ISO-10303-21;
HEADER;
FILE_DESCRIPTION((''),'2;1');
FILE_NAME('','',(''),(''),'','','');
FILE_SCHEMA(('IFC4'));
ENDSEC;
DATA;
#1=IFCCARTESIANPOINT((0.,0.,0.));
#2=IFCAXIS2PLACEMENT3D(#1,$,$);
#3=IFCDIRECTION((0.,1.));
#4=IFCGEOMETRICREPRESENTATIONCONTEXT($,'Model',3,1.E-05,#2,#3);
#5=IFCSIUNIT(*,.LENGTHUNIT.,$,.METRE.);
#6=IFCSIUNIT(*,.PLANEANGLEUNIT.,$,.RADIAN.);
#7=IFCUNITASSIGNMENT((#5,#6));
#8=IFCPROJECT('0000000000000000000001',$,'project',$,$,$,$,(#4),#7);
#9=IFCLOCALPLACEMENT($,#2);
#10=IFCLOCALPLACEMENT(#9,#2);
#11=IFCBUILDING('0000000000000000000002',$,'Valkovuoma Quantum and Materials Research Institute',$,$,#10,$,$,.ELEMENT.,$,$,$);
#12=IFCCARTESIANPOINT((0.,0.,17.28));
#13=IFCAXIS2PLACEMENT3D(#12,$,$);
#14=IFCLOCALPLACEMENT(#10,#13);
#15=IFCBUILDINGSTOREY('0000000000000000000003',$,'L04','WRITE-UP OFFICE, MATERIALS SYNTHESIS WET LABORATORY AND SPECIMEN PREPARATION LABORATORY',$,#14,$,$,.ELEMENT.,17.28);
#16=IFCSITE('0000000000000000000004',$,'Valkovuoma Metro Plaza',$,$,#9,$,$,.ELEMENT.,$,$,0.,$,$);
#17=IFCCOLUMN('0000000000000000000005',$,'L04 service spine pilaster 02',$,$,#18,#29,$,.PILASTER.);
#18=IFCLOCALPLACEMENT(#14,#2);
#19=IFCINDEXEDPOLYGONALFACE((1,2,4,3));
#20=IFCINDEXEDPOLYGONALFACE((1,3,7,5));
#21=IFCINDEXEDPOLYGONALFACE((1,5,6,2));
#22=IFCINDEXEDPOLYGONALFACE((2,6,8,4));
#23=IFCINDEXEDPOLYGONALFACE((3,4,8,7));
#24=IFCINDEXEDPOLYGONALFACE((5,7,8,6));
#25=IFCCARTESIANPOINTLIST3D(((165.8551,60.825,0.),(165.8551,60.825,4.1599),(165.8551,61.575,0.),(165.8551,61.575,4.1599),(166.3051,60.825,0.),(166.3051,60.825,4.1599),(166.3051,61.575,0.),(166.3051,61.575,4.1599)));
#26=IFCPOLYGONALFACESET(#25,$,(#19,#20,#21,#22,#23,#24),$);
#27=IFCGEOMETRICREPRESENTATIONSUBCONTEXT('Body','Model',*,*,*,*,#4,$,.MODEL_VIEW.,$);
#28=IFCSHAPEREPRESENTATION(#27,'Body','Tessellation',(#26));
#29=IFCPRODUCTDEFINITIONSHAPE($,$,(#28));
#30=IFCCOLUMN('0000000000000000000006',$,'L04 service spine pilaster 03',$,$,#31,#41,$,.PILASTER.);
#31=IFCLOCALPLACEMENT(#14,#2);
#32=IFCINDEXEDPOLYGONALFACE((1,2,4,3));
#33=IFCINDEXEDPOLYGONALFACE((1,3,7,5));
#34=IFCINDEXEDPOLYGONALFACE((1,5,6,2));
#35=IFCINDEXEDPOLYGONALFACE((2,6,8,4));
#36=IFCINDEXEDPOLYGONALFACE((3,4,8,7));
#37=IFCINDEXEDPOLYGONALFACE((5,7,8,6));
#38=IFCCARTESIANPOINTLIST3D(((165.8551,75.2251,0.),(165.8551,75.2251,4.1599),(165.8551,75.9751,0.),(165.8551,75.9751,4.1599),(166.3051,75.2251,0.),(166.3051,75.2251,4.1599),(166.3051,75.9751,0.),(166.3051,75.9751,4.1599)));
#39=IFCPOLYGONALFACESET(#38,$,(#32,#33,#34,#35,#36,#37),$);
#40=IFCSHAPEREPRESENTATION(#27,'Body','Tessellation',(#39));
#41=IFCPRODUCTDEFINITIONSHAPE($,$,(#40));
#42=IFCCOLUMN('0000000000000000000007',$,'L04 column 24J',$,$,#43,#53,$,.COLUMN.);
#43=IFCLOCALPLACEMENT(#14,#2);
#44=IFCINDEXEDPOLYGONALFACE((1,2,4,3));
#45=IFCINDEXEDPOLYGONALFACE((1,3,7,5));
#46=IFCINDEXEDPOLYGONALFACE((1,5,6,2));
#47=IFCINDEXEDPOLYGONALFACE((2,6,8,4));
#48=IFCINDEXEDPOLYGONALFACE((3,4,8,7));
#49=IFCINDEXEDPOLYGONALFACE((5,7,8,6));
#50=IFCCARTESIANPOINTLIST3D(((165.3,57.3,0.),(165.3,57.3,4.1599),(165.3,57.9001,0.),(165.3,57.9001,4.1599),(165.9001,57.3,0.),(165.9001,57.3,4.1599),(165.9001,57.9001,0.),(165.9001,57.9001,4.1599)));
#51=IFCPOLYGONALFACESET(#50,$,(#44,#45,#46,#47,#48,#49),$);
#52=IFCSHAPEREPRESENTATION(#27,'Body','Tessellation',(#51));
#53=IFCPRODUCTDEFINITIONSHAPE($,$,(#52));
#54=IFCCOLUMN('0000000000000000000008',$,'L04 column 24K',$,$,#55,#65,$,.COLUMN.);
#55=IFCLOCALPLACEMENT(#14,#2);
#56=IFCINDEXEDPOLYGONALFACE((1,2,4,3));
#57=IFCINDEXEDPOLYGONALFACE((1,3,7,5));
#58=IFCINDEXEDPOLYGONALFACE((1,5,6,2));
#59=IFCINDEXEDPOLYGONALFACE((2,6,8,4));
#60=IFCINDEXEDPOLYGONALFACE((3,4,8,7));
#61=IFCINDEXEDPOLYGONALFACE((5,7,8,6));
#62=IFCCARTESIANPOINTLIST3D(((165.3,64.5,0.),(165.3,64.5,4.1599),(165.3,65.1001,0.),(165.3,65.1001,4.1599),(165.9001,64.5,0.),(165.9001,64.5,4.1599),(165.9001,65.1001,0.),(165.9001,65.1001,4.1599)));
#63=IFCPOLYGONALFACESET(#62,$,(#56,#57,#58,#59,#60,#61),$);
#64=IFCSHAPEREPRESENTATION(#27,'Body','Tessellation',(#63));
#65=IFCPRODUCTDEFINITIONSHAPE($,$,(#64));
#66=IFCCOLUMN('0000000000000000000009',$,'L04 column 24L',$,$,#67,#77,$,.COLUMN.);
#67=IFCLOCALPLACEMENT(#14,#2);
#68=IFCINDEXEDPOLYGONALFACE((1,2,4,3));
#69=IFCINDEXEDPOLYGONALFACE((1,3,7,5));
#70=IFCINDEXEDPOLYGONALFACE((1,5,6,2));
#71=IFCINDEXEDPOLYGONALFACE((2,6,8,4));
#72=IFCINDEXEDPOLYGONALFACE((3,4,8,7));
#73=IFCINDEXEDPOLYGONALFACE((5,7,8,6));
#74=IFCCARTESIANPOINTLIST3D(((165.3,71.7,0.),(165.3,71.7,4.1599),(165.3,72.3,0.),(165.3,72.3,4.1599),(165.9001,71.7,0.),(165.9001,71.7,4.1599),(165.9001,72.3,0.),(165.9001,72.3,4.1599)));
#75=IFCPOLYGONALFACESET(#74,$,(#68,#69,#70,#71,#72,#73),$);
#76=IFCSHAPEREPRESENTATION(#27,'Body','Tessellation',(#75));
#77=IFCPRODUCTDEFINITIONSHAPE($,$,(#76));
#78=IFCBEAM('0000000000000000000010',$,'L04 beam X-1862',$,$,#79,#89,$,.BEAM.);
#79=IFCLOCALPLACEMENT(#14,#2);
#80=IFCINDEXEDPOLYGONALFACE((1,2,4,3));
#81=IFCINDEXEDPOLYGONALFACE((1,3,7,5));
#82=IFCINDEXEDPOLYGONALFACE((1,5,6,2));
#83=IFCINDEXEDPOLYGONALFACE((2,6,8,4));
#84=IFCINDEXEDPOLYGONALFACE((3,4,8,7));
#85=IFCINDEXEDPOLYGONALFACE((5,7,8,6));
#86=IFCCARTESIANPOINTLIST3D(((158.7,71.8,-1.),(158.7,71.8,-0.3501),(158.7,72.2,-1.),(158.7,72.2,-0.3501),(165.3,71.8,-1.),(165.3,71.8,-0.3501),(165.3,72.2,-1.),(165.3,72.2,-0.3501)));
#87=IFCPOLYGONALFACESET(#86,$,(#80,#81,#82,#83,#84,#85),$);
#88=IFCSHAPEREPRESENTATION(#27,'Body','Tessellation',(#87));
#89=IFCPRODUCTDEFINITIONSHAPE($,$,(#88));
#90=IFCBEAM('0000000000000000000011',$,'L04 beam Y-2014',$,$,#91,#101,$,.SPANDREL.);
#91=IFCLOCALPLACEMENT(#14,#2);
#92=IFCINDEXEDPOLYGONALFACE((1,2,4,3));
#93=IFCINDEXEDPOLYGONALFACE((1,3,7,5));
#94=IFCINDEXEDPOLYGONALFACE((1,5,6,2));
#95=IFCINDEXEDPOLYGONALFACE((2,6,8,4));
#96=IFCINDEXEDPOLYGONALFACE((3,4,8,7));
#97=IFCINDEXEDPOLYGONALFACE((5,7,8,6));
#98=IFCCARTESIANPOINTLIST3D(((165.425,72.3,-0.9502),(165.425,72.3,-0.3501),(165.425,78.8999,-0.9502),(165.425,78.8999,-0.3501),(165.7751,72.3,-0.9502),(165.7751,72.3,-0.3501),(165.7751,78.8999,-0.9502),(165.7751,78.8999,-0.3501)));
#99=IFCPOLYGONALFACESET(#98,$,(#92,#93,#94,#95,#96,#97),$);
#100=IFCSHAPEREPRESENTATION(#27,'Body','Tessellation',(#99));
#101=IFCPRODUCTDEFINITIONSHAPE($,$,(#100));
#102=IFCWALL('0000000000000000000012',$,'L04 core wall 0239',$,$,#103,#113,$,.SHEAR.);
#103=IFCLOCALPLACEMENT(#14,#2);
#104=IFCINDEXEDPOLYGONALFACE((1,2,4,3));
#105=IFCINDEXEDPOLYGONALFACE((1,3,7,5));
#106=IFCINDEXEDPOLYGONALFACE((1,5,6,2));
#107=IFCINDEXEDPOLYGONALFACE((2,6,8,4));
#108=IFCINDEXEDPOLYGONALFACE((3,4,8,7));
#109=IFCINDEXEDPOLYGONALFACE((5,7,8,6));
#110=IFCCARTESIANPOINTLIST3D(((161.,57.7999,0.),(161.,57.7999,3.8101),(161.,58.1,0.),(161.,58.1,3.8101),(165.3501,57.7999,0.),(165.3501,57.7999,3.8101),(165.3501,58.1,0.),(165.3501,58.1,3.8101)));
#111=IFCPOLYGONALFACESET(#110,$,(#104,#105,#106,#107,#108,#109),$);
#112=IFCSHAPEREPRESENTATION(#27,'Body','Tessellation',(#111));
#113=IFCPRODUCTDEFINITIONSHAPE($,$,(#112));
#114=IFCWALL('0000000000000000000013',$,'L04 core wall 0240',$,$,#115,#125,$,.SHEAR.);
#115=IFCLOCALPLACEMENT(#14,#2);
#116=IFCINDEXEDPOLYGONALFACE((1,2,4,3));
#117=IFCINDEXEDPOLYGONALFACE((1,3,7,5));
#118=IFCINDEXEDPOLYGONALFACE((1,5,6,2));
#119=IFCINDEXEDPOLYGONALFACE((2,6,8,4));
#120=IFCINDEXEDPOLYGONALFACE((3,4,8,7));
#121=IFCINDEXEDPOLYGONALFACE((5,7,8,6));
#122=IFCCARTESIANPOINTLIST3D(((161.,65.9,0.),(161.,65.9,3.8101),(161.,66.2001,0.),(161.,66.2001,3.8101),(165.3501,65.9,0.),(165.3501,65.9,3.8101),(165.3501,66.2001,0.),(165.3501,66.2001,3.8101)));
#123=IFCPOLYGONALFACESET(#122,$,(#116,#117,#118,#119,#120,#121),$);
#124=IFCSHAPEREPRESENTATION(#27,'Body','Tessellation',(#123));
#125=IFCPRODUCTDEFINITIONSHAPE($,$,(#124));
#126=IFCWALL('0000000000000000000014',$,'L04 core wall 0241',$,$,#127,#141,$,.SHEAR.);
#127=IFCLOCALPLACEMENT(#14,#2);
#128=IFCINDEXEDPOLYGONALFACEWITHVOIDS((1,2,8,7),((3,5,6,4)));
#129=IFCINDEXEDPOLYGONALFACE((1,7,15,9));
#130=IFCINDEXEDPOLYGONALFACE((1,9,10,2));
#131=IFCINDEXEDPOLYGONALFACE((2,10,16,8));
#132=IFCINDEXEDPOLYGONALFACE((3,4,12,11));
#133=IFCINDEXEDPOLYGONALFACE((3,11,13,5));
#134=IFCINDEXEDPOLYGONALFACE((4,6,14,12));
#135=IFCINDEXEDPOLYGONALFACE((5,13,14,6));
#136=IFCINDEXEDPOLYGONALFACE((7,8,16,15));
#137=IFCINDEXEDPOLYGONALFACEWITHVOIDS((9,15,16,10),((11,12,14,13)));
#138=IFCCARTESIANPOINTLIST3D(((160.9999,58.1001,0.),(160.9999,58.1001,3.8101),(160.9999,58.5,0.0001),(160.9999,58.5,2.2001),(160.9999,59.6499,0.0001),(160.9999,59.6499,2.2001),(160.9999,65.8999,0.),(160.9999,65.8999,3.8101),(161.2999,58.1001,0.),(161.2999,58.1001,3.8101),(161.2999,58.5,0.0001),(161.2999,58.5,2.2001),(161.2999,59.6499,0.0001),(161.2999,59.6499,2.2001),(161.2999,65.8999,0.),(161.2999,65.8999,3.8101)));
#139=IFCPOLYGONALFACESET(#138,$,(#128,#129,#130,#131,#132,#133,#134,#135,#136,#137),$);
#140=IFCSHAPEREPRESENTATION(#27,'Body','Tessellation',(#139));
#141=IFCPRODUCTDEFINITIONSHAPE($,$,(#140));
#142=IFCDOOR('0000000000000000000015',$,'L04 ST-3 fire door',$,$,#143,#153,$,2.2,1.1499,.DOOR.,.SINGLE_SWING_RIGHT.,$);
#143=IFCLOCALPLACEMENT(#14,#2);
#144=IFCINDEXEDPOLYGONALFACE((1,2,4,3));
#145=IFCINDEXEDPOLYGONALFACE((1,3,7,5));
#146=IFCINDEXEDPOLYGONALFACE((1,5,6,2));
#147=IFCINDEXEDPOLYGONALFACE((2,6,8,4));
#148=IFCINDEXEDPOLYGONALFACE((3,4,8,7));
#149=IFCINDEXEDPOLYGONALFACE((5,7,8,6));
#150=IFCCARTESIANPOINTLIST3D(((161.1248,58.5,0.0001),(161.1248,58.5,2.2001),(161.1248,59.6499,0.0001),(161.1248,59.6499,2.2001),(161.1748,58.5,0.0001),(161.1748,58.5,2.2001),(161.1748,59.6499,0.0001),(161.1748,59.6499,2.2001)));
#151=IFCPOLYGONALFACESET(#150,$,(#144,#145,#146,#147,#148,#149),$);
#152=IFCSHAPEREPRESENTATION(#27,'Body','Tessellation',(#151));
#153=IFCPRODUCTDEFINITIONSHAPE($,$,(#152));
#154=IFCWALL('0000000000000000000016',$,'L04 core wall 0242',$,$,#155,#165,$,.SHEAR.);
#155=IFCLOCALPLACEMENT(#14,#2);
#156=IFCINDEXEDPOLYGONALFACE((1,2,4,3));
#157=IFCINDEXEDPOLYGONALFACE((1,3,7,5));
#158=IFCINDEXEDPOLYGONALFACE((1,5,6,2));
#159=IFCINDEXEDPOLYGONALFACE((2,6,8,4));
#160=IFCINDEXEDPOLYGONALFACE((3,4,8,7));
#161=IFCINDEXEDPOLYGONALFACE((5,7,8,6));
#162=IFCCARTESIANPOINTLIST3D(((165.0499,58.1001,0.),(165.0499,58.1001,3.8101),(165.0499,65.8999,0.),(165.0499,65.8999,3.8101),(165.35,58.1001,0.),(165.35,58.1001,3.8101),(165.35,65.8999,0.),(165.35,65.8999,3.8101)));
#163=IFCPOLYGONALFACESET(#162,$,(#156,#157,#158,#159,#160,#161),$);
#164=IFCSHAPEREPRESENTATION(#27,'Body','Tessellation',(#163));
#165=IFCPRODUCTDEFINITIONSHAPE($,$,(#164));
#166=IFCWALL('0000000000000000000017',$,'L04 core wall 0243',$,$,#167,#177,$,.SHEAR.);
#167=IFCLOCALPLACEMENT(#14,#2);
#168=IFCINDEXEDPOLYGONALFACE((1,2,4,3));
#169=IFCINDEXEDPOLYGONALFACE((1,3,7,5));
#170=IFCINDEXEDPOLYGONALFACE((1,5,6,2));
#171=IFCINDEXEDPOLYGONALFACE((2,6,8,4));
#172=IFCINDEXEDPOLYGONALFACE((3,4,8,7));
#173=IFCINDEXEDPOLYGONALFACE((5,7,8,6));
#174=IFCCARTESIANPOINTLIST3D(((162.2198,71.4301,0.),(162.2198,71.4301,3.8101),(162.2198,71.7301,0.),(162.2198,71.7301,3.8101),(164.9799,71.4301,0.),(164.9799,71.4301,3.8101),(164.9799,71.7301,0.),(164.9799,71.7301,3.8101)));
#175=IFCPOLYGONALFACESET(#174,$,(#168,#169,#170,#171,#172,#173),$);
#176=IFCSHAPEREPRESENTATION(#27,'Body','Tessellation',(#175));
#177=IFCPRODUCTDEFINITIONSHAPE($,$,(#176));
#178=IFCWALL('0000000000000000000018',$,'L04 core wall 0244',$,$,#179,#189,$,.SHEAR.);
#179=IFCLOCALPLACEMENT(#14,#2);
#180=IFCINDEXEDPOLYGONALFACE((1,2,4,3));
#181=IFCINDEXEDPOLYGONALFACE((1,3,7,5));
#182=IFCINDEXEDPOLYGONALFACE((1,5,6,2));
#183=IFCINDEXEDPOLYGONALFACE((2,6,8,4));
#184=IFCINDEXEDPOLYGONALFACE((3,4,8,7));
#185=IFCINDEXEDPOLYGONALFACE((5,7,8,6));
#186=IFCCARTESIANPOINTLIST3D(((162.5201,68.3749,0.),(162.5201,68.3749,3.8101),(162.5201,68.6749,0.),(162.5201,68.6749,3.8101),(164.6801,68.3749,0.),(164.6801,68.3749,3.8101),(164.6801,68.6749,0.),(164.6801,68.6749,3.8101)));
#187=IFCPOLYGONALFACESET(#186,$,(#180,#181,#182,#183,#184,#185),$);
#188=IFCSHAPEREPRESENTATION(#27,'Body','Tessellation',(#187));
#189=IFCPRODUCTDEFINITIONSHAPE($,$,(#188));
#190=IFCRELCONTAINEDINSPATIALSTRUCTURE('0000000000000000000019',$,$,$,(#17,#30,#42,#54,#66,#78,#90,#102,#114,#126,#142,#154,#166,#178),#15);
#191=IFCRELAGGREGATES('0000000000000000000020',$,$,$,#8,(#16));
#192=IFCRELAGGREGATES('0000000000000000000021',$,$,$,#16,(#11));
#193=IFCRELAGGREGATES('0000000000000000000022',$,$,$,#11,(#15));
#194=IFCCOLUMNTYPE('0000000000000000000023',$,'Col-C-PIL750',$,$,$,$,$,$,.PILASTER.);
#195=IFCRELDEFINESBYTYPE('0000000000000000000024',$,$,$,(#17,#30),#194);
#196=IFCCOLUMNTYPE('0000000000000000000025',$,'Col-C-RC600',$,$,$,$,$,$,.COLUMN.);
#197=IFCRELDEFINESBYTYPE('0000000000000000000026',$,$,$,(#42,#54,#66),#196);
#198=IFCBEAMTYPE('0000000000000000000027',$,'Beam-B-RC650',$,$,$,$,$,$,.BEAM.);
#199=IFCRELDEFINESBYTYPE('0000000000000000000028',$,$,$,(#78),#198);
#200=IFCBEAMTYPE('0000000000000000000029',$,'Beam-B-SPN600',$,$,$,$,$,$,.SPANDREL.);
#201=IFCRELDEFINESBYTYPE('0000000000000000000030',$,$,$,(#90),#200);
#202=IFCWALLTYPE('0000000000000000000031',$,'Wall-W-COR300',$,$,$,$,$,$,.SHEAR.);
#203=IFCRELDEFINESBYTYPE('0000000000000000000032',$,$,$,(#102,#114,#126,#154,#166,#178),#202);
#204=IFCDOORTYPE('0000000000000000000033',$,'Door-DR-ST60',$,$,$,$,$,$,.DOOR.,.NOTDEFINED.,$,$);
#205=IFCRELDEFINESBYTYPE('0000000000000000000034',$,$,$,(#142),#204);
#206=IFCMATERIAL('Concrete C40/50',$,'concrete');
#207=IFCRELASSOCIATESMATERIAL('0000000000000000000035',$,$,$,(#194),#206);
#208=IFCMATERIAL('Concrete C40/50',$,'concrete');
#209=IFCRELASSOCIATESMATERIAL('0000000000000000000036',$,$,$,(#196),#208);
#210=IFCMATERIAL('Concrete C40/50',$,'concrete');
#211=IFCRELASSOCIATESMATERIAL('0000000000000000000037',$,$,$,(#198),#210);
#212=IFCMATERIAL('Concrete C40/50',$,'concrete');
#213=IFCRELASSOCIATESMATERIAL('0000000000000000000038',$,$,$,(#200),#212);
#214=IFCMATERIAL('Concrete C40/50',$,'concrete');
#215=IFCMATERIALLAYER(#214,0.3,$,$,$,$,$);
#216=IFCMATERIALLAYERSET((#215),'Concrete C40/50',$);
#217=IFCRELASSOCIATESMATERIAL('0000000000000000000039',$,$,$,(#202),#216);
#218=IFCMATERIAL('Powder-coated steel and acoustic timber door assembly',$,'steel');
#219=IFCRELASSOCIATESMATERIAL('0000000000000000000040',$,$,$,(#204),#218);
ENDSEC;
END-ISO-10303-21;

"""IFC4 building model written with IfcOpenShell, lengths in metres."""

from ifc_helpers import new_model, si_unit, direction, frame, frame_2d, origin, origin_2d, place, context, subcontext, project, spatial, rectangle, extrude, material, layer, layer_set, material_profile, profile_set, type_object, element, fill, save


model = new_model("IFC4")

# Units and contexts
model_context = context("Model", 3, precision=1e-05, world=origin(), true_north=direction((0.0, 1.0)))
body_context = subcontext(model_context, "Body", "Model", "MODEL_VIEW")
ifc_project = project(units=[si_unit("LENGTHUNIT", "METRE"), si_unit("PLANEANGLEUNIT", "RADIAN")], contexts=[model_context])

# Site, building, storey
site_placement = place(None, origin())
site = spatial("IfcSite", under=ifc_project, at=site_placement, Name="Valkovuoma Metro Plaza", CompositionType="ELEMENT", RefElevation=0.0)
building_placement = place(site_placement, origin())
building = spatial("IfcBuilding", under=site, at=building_placement, Name="Valkovuoma Quantum and Materials Research Institute", CompositionType="ELEMENT")
storey_placement = place(building_placement, frame((0.0, 0.0, 17.28)))
storey = spatial("IfcBuildingStorey", under=building, at=storey_placement, Name="L04", Description="WRITE-UP OFFICE, MATERIALS SYNTHESIS WET LABORATORY AND SPECIMEN PREPARATION LABORATORY", CompositionType="ELEMENT", Elevation=17.28)

# Columns
ifc_material_1 = material(Name="Concrete C40/50", Category="concrete")
ifc_material_profile_1 = material_profile(ifc_material_1, rectangle(XDim=0.45, YDim=0.75, at=origin_2d()), Name="Concrete C40/50")
ifc_profile_set_1 = profile_set([ifc_material_profile_1], Name="Concrete C40/50")
column_type_1 = type_object("IfcColumnType", Name="Col-C-PIL750", PredefinedType="PILASTER", material=ifc_profile_set_1)
for number, where, z_axis, x_axis, name in (
    (1, (166.0801, 61.2, 0.0), (0.0, 0.0, 1.0), (1.0, 0.0, 0.0), "L04 service spine pilaster 02"),
    (2, (166.0801, 75.6001, 0.0), (0.0, 0.0, 1.0), (1.0, 0.0, 0.0), "L04 service spine pilaster 03"),
):
    element("IfcColumn", number, at=place(storey_placement, frame(where, z_axis=z_axis, x_axis=x_axis)), inside=storey, type_object=column_type_1, Name=name, PredefinedType="PILASTER", context=body_context, shape_type="SweptSolid", body=[
        extrude(rectangle(XDim=0.45, YDim=0.75, at=origin_2d()), origin(), (0.0, 0.0, 1.0), 4.1599),
    ])
ifc_material_2 = material(Name="Concrete C40/50", Category="concrete")
ifc_material_profile_2 = material_profile(ifc_material_2, rectangle(XDim=0.6001, YDim=0.6001, at=origin_2d()), Name="Concrete C40/50")
ifc_profile_set_2 = profile_set([ifc_material_profile_2], Name="Concrete C40/50")
column_type_2 = type_object("IfcColumnType", Name="Col-C-RC600", PredefinedType="COLUMN", material=ifc_profile_set_2)
for number, where, z_axis, x_axis, name in (
    (3, (165.6001, 57.6001, 0.0), (0.0, 0.0, 1.0), (1.0, 0.0, 0.0), "L04 column 24J"),
    (4, (165.6001, 64.8, 0.0), (0.0, 0.0, 1.0), (1.0, 0.0, 0.0), "L04 column 24K"),
    (5, (165.6001, 72.0, 0.0), (0.0, 0.0, 1.0), (1.0, 0.0, 0.0), "L04 column 24L"),
):
    element("IfcColumn", number, at=place(storey_placement, frame(where, z_axis=z_axis, x_axis=x_axis)), inside=storey, type_object=column_type_2, Name=name, PredefinedType="COLUMN", context=body_context, shape_type="SweptSolid", body=[
        extrude(rectangle(XDim=0.6001, YDim=0.6001, at=origin_2d()), origin(), (0.0, 0.0, 1.0), 4.1599),
    ])

# Beams
ifc_material_3 = material(Name="Concrete C40/50", Category="concrete")
ifc_material_profile_3 = material_profile(ifc_material_3, rectangle(XDim=0.3999, YDim=0.6499, at=origin_2d()), Name="Concrete C40/50")
ifc_profile_set_3 = profile_set([ifc_material_profile_3], Name="Concrete C40/50")
beam_type_1 = type_object("IfcBeamType", Name="Beam-B-RC650", PredefinedType="BEAM", material=ifc_profile_set_3)
beam_1_placement = place(storey_placement, frame((158.7, 72.0, -0.675), z_axis=(1.0, 0.0, 0.0), x_axis=(0.0, 1.0, 0.0)))
element("IfcBeam", 6, at=beam_1_placement, inside=storey, type_object=beam_type_1, Name="L04 beam X-1862", PredefinedType="BEAM", context=body_context, shape_type="SweptSolid", body=[
    extrude(rectangle(XDim=0.3999, YDim=0.6499, at=origin_2d()), origin(), (0.0, 0.0, 1.0), 6.6001),
])
ifc_material_4 = material(Name="Concrete C40/50", Category="concrete")
ifc_material_profile_4 = material_profile(ifc_material_4, rectangle(XDim=0.3501, YDim=0.6001, at=origin_2d()), Name="Concrete C40/50")
ifc_profile_set_4 = profile_set([ifc_material_profile_4], Name="Concrete C40/50")
beam_type_2 = type_object("IfcBeamType", Name="Beam-B-SPN600", PredefinedType="SPANDREL", material=ifc_profile_set_4)
beam_2_placement = place(storey_placement, frame((165.6001, 72.3, -0.6501), z_axis=(0.0, 1.0, 0.0), x_axis=(-1.0, 0.0, 0.0)))
element("IfcBeam", 7, at=beam_2_placement, inside=storey, type_object=beam_type_2, Name="L04 beam Y-2014", PredefinedType="SPANDREL", context=body_context, shape_type="SweptSolid", body=[
    extrude(rectangle(XDim=0.3501, YDim=0.6001, at=origin_2d()), origin(), (0.0, 0.0, 1.0), 6.5999),
])

# Walls
ifc_material_5 = material(Name="Concrete C40/50", Category="concrete")
ifc_layer_1 = layer(ifc_material_5, 0.3)
ifc_layer_set_1 = layer_set([ifc_layer_1], Name="Concrete C40/50")
wall_type_1 = type_object("IfcWallType", Name="Wall-W-COR300", PredefinedType="SHEAR", material=ifc_layer_set_1)
for number, where, z_axis, x_axis, name in (
    (8, (161.0, 57.95, 0.0), (0.0, 0.0, 1.0), (1.0, 0.0, 0.0), "L04 core wall 0239"),
    (9, (161.0, 66.05, 0.0), (0.0, 0.0, 1.0), (1.0, 0.0, 0.0), "L04 core wall 0240"),
):
    element("IfcWall", number, at=place(storey_placement, frame(where, z_axis=z_axis, x_axis=x_axis)), inside=storey, type_object=wall_type_1, Name=name, PredefinedType="SHEAR", context=body_context, shape_type="SweptSolid", body=[
        extrude(rectangle(XDim=4.3501, YDim=0.3, at=frame_2d((2.175, 0.0))), origin(), (0.0, 0.0, 1.0), 3.8101),
    ])

# Wall, opening, door
wall_1_placement = place(storey_placement, frame((161.1499, 58.1001, 0.0), z_axis=(0.0, 0.0, 1.0), x_axis=(0.0, 1.0, 0.0)))
wall_1 = element("IfcWall", 10, at=wall_1_placement, inside=storey, type_object=wall_type_1, Name="L04 core wall 0241", PredefinedType="SHEAR", context=body_context, shape_type="SweptSolid", body=[
    extrude(rectangle(XDim=7.7998, YDim=0.3, at=frame_2d((3.8999, 0.0))), origin(), (0.0, 0.0, 1.0), 3.8101),
])
opening_1_placement = place(wall_1_placement, frame((0.3999, 0.0, 0.0)))
opening_1 = element("IfcOpeningElement", 11, at=opening_1_placement, cuts=wall_1, PredefinedType="OPENING", context=body_context, shape_type="SweptSolid", body=[
    extrude(rectangle(XDim=1.1499, YDim=2.2, at=frame_2d((0.575, 1.1001))), frame((0.0, 0.1602, 0.0), z_axis=(0.0, -1.0, 0.0), x_axis=(1.0, 0.0, 0.0)), (0.0, 0.0, 1.0), 0.3201),
])
ifc_material_6 = material(Name="Powder-coated steel and acoustic timber door assembly", Category="steel")
door_type_1 = type_object("IfcDoorType", Name="Door-DR-ST60", OperationType="NOTDEFINED", PredefinedType="DOOR", material=ifc_material_6)
door_1_placement = place(opening_1_placement, frame((1.1499, 0.0, 0.0), z_axis=(0.0, 0.0, 1.0), x_axis=(-1.0, 0.0, 0.0)))
door_1 = element("IfcDoor", 12, at=door_1_placement, inside=storey, type_object=door_type_1, Name="L04 ST-3 fire door", OperationType="SINGLE_SWING_RIGHT", OverallHeight=2.2, OverallWidth=1.1499, PredefinedType="DOOR", context=body_context, shape_type="SweptSolid", body=[
    extrude(rectangle(XDim=1.1499, YDim=2.2, at=frame_2d((0.575, 1.1001))), frame((0.0, 0.0249, 0.0), z_axis=(0.0, -1.0, 0.0), x_axis=(1.0, 0.0, 0.0)), (0.0, 0.0, 1.0), 0.05),
])
fill(opening_1, door_1)

# Walls
wall_2_placement = place(storey_placement, frame((165.2, 58.1001, 0.0), z_axis=(0.0, 0.0, 1.0), x_axis=(0.0, 1.0, 0.0)))
element("IfcWall", 13, at=wall_2_placement, inside=storey, type_object=wall_type_1, Name="L04 core wall 0242", PredefinedType="SHEAR", context=body_context, shape_type="SweptSolid", body=[
    extrude(rectangle(XDim=7.7998, YDim=0.3, at=frame_2d((3.8999, 0.0))), origin(), (0.0, 0.0, 1.0), 3.8101),
])
wall_3_placement = place(storey_placement, frame((162.22, 71.5801, 0.0), z_axis=(0.0, 0.0, 1.0), x_axis=(1.0, 0.0, 0.0)))
element("IfcWall", 14, at=wall_3_placement, inside=storey, type_object=wall_type_1, Name="L04 core wall 0243", PredefinedType="SHEAR", context=body_context, shape_type="SweptSolid", body=[
    extrude(rectangle(XDim=2.76, YDim=0.3, at=frame_2d((1.3799, 0.0))), origin(), (0.0, 0.0, 1.0), 3.8101),
])
wall_4_placement = place(storey_placement, frame((162.52, 68.5249, 0.0), z_axis=(0.0, 0.0, 1.0), x_axis=(1.0, 0.0, 0.0)))
element("IfcWall", 15, at=wall_4_placement, inside=storey, type_object=wall_type_1, Name="L04 core wall 0244", PredefinedType="SHEAR", context=body_context, shape_type="SweptSolid", body=[
    extrude(rectangle(XDim=2.1599, YDim=0.3, at=frame_2d((1.0801, 0.0))), origin(), (0.0, 0.0, 1.0), 3.8101),
])

save(model, "model.ifc")
